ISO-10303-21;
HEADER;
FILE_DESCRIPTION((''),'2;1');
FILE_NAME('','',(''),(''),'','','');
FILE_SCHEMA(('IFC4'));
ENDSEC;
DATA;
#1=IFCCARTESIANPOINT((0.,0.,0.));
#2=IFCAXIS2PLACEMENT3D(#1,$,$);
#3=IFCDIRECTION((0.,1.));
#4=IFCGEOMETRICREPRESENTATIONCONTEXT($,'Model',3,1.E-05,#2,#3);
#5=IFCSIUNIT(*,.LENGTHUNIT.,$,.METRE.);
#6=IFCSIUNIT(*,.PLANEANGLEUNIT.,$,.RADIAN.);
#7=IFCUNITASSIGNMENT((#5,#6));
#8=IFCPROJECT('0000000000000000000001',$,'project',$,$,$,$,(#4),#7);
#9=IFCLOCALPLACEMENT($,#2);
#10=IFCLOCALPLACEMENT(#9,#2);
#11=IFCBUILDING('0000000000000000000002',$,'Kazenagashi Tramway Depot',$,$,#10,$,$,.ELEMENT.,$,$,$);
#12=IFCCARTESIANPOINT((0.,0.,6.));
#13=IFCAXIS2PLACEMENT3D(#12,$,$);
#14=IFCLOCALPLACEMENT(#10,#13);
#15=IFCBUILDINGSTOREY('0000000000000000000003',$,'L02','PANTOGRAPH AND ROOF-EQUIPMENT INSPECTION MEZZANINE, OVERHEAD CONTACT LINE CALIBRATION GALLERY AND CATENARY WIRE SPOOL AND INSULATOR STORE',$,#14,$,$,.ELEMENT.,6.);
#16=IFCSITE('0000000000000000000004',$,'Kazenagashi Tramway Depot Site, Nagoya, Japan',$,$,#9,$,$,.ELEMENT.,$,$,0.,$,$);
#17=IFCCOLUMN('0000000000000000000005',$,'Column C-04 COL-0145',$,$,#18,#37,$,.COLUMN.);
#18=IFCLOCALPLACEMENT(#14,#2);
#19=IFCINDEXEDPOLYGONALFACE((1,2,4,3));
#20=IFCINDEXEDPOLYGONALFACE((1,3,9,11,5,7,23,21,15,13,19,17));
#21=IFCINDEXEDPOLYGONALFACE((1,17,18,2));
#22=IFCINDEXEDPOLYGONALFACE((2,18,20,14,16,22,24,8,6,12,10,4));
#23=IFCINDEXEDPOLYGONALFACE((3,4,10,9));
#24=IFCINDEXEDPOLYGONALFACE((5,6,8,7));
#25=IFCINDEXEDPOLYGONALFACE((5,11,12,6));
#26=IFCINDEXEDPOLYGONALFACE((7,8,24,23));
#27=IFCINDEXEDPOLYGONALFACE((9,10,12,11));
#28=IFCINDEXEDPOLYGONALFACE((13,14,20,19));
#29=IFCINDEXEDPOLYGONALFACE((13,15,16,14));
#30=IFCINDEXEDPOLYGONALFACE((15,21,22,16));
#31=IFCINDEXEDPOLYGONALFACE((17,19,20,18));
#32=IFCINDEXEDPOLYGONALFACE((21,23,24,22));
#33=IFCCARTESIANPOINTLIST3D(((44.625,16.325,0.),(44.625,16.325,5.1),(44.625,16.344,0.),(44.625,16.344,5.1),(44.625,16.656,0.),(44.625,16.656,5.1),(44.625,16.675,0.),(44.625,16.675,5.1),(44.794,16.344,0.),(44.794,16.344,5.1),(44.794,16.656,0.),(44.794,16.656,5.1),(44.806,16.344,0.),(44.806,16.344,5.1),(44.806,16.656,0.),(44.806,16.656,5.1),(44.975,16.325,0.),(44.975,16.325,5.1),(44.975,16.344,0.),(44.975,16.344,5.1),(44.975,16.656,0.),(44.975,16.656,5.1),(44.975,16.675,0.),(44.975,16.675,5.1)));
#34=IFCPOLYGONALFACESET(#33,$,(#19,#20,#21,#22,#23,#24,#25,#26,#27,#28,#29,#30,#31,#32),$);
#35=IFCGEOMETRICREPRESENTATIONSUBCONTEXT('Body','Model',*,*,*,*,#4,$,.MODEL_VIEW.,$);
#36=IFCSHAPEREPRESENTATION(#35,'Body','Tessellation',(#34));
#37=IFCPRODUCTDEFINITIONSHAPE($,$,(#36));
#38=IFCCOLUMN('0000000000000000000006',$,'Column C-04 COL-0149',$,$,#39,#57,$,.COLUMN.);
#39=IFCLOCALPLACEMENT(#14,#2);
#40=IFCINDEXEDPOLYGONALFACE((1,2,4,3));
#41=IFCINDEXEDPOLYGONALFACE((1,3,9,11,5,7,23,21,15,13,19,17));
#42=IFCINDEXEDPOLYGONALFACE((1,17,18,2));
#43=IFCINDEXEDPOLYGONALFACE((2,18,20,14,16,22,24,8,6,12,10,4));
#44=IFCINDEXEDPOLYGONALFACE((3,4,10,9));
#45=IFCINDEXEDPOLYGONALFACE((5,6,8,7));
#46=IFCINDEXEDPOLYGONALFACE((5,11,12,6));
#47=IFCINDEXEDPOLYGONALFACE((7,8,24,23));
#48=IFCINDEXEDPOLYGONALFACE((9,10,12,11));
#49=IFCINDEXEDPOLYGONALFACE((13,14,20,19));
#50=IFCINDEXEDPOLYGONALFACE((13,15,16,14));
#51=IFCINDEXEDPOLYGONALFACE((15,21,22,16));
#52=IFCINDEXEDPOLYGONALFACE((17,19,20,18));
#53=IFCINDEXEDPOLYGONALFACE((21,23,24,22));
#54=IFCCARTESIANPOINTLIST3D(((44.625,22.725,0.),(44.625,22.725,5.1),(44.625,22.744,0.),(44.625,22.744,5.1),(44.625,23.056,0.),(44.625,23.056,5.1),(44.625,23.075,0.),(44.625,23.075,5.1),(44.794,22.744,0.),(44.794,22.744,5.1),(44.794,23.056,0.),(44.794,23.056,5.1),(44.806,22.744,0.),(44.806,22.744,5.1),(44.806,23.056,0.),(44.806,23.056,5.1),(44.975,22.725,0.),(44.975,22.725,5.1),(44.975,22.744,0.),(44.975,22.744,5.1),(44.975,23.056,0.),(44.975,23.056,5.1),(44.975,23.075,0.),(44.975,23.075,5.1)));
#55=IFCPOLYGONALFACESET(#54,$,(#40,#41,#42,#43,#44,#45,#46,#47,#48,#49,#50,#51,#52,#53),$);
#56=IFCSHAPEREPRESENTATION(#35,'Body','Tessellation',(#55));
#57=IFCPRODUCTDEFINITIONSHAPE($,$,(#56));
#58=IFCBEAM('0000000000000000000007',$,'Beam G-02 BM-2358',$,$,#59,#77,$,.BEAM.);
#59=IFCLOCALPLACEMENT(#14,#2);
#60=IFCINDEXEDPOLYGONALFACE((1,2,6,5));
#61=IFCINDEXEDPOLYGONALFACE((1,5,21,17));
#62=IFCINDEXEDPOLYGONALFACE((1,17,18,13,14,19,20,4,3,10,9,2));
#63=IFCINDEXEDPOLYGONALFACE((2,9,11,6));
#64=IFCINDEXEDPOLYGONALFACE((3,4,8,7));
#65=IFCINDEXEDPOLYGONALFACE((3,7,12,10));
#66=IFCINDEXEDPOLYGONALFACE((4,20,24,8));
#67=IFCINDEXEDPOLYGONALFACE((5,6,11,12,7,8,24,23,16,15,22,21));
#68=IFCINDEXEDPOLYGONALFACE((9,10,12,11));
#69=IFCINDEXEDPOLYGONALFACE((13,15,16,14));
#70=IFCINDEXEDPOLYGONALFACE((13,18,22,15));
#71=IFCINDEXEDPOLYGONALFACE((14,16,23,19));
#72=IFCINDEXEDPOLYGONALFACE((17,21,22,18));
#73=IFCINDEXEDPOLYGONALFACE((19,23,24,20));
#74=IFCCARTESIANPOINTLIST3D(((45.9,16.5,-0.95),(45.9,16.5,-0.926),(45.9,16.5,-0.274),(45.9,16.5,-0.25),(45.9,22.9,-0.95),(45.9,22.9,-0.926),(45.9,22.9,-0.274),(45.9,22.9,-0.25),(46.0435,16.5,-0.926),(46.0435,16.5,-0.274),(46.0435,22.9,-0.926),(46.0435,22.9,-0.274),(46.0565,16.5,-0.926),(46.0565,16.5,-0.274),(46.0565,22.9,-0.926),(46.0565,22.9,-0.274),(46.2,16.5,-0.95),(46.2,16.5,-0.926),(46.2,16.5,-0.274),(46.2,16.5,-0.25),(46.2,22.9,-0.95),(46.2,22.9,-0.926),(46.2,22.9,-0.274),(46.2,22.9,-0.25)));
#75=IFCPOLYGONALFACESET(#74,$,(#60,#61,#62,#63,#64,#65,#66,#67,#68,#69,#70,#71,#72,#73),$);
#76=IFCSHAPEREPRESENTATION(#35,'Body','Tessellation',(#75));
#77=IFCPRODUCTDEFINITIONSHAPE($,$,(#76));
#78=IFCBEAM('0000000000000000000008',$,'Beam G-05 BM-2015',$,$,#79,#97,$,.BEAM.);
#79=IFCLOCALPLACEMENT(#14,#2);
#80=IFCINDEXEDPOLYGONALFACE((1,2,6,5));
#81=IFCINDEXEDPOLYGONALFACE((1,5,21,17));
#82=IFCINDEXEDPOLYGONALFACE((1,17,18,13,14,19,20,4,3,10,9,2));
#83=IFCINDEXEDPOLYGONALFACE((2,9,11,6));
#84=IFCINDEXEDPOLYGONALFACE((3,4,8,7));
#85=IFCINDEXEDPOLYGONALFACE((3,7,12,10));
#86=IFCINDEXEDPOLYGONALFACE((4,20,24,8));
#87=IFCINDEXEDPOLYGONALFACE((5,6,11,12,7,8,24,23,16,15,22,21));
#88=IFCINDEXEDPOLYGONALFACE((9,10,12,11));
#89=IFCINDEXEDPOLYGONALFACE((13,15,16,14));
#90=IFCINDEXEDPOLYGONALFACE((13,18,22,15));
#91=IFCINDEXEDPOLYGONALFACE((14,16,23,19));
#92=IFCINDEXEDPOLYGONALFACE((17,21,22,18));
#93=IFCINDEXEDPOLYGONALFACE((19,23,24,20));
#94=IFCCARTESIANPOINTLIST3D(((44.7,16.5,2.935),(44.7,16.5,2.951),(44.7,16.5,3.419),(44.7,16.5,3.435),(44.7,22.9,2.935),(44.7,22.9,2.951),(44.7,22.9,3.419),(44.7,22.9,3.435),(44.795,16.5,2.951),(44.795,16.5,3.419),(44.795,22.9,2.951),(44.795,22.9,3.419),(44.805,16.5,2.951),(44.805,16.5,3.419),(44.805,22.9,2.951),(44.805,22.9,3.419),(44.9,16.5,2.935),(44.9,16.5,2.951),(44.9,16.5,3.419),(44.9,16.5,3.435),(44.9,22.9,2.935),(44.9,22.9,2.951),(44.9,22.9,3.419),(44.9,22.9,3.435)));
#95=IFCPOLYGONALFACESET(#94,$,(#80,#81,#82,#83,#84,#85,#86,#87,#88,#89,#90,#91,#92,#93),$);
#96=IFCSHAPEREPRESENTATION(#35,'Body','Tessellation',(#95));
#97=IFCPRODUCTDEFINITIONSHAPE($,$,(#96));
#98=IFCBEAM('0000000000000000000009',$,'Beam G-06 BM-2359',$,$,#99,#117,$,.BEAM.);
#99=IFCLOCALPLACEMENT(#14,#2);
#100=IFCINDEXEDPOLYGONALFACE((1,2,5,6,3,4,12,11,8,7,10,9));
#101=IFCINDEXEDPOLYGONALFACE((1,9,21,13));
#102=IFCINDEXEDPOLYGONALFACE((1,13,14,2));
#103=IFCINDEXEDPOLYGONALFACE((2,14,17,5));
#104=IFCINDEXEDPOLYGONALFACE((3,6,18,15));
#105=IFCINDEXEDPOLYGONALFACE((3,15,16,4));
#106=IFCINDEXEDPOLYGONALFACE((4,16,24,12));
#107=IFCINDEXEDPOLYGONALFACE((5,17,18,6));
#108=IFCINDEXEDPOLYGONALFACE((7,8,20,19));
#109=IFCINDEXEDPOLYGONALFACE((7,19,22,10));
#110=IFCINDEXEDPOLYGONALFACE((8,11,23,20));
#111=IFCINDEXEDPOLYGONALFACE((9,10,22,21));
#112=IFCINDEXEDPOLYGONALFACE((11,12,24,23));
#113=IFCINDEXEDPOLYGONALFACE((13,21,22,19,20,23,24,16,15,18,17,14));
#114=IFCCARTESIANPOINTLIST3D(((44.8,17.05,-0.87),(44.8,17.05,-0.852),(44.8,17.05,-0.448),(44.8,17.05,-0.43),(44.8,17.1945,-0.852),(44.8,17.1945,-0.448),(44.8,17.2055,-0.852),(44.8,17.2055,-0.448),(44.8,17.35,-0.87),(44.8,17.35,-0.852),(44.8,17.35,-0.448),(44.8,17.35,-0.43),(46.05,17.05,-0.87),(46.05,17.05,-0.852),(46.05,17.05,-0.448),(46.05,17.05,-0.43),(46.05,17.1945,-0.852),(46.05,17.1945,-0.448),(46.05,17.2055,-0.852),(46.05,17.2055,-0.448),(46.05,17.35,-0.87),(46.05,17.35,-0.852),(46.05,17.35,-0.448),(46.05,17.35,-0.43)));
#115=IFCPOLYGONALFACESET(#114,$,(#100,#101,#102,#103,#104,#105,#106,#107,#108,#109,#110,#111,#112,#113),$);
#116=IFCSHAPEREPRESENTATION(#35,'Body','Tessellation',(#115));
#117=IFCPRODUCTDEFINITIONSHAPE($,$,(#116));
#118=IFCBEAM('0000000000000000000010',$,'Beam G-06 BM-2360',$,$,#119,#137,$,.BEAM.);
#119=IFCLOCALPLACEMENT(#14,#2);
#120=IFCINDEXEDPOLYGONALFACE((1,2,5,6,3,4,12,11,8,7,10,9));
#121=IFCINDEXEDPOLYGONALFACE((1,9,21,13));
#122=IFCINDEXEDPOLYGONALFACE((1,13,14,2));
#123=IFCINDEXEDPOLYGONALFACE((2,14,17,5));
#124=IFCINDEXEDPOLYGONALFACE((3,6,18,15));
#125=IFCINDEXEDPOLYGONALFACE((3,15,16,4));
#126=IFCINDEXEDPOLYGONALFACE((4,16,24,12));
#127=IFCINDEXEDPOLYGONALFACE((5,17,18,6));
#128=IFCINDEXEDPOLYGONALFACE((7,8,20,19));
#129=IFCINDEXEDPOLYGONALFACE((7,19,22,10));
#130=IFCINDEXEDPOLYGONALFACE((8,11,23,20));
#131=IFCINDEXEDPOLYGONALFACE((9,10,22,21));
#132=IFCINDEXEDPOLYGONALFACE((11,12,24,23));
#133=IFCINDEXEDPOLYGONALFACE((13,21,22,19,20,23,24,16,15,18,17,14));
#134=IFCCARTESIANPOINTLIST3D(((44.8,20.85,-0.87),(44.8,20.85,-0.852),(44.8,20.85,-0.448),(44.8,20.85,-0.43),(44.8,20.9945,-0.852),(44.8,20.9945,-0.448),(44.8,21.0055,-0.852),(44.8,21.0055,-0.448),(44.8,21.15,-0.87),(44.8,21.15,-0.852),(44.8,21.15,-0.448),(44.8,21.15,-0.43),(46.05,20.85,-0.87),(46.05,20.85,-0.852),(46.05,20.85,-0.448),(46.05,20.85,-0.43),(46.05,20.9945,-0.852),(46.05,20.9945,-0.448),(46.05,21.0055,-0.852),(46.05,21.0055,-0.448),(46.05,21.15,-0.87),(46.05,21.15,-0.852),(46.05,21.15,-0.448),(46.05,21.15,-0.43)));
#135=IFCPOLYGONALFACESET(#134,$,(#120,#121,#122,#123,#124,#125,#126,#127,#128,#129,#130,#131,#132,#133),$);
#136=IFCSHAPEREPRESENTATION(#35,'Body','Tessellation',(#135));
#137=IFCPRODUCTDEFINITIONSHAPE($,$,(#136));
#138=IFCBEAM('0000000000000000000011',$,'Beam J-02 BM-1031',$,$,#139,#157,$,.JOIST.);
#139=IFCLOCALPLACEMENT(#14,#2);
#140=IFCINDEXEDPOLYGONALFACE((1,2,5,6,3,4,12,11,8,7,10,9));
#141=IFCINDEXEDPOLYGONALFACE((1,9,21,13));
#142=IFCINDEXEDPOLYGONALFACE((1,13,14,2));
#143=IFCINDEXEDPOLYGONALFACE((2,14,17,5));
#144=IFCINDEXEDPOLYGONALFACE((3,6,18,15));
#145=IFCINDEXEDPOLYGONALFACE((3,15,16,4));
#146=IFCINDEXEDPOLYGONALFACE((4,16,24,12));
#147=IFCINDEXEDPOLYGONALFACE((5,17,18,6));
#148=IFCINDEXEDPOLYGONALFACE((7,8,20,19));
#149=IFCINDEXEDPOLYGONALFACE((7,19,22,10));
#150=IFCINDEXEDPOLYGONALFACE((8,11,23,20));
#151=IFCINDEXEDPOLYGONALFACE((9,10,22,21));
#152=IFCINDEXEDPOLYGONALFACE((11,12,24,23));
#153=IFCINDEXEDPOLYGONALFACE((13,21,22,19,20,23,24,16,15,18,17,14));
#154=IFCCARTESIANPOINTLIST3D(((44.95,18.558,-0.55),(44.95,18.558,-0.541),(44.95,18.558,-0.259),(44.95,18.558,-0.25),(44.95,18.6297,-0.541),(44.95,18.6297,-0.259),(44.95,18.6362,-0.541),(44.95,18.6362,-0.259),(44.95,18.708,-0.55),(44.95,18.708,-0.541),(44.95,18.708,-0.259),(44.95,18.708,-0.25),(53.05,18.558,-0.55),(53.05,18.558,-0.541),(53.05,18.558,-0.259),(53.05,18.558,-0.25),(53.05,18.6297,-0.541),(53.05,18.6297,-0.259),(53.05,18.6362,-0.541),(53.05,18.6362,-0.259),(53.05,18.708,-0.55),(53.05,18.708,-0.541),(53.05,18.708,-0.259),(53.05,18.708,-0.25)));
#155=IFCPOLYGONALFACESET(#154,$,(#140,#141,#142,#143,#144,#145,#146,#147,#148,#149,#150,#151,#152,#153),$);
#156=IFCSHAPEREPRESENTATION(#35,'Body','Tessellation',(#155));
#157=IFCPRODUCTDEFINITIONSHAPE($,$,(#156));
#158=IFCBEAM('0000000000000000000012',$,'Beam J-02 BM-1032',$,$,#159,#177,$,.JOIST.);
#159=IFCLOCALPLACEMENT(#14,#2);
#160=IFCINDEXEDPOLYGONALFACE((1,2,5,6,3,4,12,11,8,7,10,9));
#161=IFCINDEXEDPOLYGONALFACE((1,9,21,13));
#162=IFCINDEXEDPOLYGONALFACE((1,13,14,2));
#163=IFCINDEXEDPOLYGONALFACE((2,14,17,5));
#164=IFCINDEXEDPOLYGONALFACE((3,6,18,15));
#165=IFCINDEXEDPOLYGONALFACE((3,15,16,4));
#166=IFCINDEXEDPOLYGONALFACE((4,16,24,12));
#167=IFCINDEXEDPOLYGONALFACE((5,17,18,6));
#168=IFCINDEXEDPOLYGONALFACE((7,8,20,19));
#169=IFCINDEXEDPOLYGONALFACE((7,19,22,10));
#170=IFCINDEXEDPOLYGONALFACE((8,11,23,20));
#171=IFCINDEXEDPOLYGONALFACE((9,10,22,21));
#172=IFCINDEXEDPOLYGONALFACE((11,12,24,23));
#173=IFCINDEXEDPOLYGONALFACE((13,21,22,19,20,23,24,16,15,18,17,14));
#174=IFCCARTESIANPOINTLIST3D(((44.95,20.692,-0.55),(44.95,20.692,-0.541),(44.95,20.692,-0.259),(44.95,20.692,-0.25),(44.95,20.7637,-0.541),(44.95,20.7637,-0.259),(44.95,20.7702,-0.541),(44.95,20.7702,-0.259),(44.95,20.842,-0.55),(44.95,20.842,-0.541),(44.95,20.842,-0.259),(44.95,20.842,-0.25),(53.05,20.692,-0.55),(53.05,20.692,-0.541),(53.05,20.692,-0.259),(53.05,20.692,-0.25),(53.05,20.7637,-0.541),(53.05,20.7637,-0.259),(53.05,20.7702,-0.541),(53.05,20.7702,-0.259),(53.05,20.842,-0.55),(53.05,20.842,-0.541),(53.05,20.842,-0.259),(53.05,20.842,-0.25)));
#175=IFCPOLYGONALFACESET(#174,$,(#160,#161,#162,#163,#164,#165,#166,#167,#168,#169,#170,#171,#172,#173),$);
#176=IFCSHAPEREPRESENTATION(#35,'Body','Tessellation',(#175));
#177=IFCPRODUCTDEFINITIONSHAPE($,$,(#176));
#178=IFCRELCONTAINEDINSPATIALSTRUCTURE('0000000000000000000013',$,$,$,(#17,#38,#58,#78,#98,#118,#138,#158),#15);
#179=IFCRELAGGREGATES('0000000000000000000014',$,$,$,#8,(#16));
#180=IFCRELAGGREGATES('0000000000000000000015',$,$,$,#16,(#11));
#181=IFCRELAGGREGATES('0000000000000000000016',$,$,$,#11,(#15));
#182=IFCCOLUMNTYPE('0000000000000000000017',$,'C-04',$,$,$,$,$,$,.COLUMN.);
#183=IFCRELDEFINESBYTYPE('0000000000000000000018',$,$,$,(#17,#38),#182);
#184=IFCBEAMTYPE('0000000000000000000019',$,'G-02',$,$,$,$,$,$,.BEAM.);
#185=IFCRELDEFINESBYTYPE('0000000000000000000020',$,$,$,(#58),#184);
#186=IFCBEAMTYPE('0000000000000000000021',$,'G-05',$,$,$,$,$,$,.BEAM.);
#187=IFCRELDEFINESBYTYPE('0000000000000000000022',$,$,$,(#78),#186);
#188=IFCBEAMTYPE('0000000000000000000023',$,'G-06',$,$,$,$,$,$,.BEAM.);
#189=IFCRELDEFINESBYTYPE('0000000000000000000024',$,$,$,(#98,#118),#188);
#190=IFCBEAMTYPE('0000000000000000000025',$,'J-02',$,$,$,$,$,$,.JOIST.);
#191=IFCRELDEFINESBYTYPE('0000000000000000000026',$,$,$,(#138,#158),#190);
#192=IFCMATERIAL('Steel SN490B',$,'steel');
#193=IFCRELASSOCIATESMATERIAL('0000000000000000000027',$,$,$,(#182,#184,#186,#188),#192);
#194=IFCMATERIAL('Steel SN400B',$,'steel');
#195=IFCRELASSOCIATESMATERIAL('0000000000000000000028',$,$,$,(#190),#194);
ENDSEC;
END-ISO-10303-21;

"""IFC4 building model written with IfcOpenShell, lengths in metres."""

from ifc_helpers import new_model, si_unit, direction, frame, origin, origin_2d, place, context, subcontext, project, spatial, i_section, extrude, material, material_profile, profile_set, type_object, element, save


model = new_model("IFC4")

# Units and contexts
model_context = context("Model", 3, precision=1e-05, world=origin(), true_north=direction((0.0, 1.0)))
body_context = subcontext(model_context, "Body", "Model", "MODEL_VIEW")
ifc_project = project(units=[si_unit("LENGTHUNIT", "METRE"), si_unit("PLANEANGLEUNIT", "RADIAN")], contexts=[model_context])

# Site, building, storey
site_placement = place(None, origin())
site = spatial("IfcSite", under=ifc_project, at=site_placement, Name="Kazenagashi Tramway Depot Site, Nagoya, Japan", CompositionType="ELEMENT", RefElevation=0.0)
building_placement = place(site_placement, origin())
building = spatial("IfcBuilding", under=site, at=building_placement, Name="Kazenagashi Tramway Depot", CompositionType="ELEMENT")
storey_placement = place(building_placement, frame((0.0, 0.0, 6.0)))
storey = spatial("IfcBuildingStorey", under=building, at=storey_placement, Name="L02", Description="PANTOGRAPH AND ROOF-EQUIPMENT INSPECTION MEZZANINE, OVERHEAD CONTACT LINE CALIBRATION GALLERY AND CATENARY WIRE SPOOL AND INSULATOR STORE", CompositionType="ELEMENT", Elevation=6.0)

# Columns
ifc_material_1 = material(Name="Steel SN490B", Category="steel")
ifc_material_profile_1 = material_profile(ifc_material_1, i_section(OverallWidth=0.35, OverallDepth=0.35, WebThickness=0.012, FlangeThickness=0.019, at=origin_2d()), Name="H-350x350x12x19")
ifc_profile_set_1 = profile_set([ifc_material_profile_1], Name="Steel SN490B")
column_type = type_object("IfcColumnType", Name="C-04", PredefinedType="COLUMN", material=ifc_profile_set_1)
for number, where, z_axis, x_axis, name in (
    (1, (44.8, 16.5, 0.0), (0.0, 0.0, 1.0), (1.0, 0.0, 0.0), "Column C-04 COL-0145"),
    (2, (44.8, 22.9, 0.0), (0.0, 0.0, 1.0), (1.0, 0.0, 0.0), "Column C-04 COL-0149"),
):
    element("IfcColumn", number, at=place(storey_placement, frame(where, z_axis=z_axis, x_axis=x_axis)), inside=storey, type_object=column_type, Name=name, PredefinedType="COLUMN", context=body_context, shape_type="SweptSolid", body=[
        extrude(i_section(OverallWidth=0.35, OverallDepth=0.35, WebThickness=0.012, FlangeThickness=0.019, at=origin_2d()), origin(), (0.0, 0.0, 1.0), 5.1),
    ])

# Beams
ifc_material_profile_2 = material_profile(ifc_material_1, i_section(OverallWidth=0.3, OverallDepth=0.7, WebThickness=0.013, FlangeThickness=0.024, at=origin_2d()), Name="H-700x300x13x24")
ifc_profile_set_2 = profile_set([ifc_material_profile_2], Name="Steel SN490B")
beam_type_1 = type_object("IfcBeamType", Name="G-02", PredefinedType="BEAM", material=ifc_profile_set_2)
beam_1_placement = place(storey_placement, frame((46.05, 16.5, -0.6), z_axis=(0.0, 1.0, 0.0), x_axis=(-1.0, 0.0, 0.0)))
element("IfcBeam", 3, at=beam_1_placement, inside=storey, type_object=beam_type_1, Name="Beam G-02 BM-2358", PredefinedType="BEAM", context=body_context, shape_type="SweptSolid", body=[
    extrude(i_section(OverallWidth=0.3, OverallDepth=0.7, WebThickness=0.013, FlangeThickness=0.024, at=origin_2d()), origin(), (0.0, 0.0, 1.0), 6.4),
])
ifc_material_profile_3 = material_profile(ifc_material_1, i_section(OverallWidth=0.2, OverallDepth=0.5, WebThickness=0.01, FlangeThickness=0.016, at=origin_2d()), Name="H-500x200x10x16")
ifc_profile_set_3 = profile_set([ifc_material_profile_3], Name="Steel SN490B")
beam_type_2 = type_object("IfcBeamType", Name="G-05", PredefinedType="BEAM", material=ifc_profile_set_3)
beam_2_placement = place(storey_placement, frame((44.8, 16.5, 3.185), z_axis=(0.0, 1.0, 0.0), x_axis=(-1.0, 0.0, 0.0)))
element("IfcBeam", 4, at=beam_2_placement, inside=storey, type_object=beam_type_2, Name="Beam G-05 BM-2015", PredefinedType="BEAM", context=body_context, shape_type="SweptSolid", body=[
    extrude(i_section(OverallWidth=0.2, OverallDepth=0.5, WebThickness=0.01, FlangeThickness=0.016, at=origin_2d()), origin(), (0.0, 0.0, 1.0), 6.4),
])
ifc_material_profile_4 = material_profile(ifc_material_1, i_section(OverallWidth=0.3, OverallDepth=0.44, WebThickness=0.011, FlangeThickness=0.018, at=origin_2d()), Name="H-440x300x11x18")
ifc_profile_set_4 = profile_set([ifc_material_profile_4], Name="Steel SN490B")
beam_type_3 = type_object("IfcBeamType", Name="G-06", PredefinedType="BEAM", material=ifc_profile_set_4)
for number, where, z_axis, x_axis, name in (
    (5, (44.8, 17.2, -0.65), (1.0, 0.0, 0.0), (0.0, 1.0, 0.0), "Beam G-06 BM-2359"),
    (6, (44.8, 21.0, -0.65), (1.0, 0.0, 0.0), (0.0, 1.0, 0.0), "Beam G-06 BM-2360"),
):
    element("IfcBeam", number, at=place(storey_placement, frame(where, z_axis=z_axis, x_axis=x_axis)), inside=storey, type_object=beam_type_3, Name=name, PredefinedType="BEAM", context=body_context, shape_type="SweptSolid", body=[
        extrude(i_section(OverallWidth=0.3, OverallDepth=0.44, WebThickness=0.011, FlangeThickness=0.018, at=origin_2d()), origin(), (0.0, 0.0, 1.0), 1.25),
    ])
ifc_material_2 = material(Name="Steel SN400B", Category="steel")
ifc_material_profile_5 = material_profile(ifc_material_2, i_section(OverallWidth=0.15, OverallDepth=0.3, WebThickness=0.0065, FlangeThickness=0.009, at=origin_2d()), Name="H-300x150x6.5x9")
ifc_profile_set_5 = profile_set([ifc_material_profile_5], Name="Steel SN400B")
beam_type_4 = type_object("IfcBeamType", Name="J-02", PredefinedType="JOIST", material=ifc_profile_set_5)
for number, where, z_axis, x_axis, name in (
    (7, (44.95, 18.633, -0.4), (1.0, 0.0, 0.0), (0.0, 1.0, 0.0), "Beam J-02 BM-1031"),
    (8, (44.95, 20.767, -0.4), (1.0, 0.0, 0.0), (0.0, 1.0, 0.0), "Beam J-02 BM-1032"),
):
    element("IfcBeam", number, at=place(storey_placement, frame(where, z_axis=z_axis, x_axis=x_axis)), inside=storey, type_object=beam_type_4, Name=name, PredefinedType="JOIST", context=body_context, shape_type="SweptSolid", body=[
        extrude(i_section(OverallWidth=0.15, OverallDepth=0.3, WebThickness=0.0065, FlangeThickness=0.009, at=origin_2d()), origin(), (0.0, 0.0, 1.0), 8.1),
    ])

save(model, "model.ifc")
